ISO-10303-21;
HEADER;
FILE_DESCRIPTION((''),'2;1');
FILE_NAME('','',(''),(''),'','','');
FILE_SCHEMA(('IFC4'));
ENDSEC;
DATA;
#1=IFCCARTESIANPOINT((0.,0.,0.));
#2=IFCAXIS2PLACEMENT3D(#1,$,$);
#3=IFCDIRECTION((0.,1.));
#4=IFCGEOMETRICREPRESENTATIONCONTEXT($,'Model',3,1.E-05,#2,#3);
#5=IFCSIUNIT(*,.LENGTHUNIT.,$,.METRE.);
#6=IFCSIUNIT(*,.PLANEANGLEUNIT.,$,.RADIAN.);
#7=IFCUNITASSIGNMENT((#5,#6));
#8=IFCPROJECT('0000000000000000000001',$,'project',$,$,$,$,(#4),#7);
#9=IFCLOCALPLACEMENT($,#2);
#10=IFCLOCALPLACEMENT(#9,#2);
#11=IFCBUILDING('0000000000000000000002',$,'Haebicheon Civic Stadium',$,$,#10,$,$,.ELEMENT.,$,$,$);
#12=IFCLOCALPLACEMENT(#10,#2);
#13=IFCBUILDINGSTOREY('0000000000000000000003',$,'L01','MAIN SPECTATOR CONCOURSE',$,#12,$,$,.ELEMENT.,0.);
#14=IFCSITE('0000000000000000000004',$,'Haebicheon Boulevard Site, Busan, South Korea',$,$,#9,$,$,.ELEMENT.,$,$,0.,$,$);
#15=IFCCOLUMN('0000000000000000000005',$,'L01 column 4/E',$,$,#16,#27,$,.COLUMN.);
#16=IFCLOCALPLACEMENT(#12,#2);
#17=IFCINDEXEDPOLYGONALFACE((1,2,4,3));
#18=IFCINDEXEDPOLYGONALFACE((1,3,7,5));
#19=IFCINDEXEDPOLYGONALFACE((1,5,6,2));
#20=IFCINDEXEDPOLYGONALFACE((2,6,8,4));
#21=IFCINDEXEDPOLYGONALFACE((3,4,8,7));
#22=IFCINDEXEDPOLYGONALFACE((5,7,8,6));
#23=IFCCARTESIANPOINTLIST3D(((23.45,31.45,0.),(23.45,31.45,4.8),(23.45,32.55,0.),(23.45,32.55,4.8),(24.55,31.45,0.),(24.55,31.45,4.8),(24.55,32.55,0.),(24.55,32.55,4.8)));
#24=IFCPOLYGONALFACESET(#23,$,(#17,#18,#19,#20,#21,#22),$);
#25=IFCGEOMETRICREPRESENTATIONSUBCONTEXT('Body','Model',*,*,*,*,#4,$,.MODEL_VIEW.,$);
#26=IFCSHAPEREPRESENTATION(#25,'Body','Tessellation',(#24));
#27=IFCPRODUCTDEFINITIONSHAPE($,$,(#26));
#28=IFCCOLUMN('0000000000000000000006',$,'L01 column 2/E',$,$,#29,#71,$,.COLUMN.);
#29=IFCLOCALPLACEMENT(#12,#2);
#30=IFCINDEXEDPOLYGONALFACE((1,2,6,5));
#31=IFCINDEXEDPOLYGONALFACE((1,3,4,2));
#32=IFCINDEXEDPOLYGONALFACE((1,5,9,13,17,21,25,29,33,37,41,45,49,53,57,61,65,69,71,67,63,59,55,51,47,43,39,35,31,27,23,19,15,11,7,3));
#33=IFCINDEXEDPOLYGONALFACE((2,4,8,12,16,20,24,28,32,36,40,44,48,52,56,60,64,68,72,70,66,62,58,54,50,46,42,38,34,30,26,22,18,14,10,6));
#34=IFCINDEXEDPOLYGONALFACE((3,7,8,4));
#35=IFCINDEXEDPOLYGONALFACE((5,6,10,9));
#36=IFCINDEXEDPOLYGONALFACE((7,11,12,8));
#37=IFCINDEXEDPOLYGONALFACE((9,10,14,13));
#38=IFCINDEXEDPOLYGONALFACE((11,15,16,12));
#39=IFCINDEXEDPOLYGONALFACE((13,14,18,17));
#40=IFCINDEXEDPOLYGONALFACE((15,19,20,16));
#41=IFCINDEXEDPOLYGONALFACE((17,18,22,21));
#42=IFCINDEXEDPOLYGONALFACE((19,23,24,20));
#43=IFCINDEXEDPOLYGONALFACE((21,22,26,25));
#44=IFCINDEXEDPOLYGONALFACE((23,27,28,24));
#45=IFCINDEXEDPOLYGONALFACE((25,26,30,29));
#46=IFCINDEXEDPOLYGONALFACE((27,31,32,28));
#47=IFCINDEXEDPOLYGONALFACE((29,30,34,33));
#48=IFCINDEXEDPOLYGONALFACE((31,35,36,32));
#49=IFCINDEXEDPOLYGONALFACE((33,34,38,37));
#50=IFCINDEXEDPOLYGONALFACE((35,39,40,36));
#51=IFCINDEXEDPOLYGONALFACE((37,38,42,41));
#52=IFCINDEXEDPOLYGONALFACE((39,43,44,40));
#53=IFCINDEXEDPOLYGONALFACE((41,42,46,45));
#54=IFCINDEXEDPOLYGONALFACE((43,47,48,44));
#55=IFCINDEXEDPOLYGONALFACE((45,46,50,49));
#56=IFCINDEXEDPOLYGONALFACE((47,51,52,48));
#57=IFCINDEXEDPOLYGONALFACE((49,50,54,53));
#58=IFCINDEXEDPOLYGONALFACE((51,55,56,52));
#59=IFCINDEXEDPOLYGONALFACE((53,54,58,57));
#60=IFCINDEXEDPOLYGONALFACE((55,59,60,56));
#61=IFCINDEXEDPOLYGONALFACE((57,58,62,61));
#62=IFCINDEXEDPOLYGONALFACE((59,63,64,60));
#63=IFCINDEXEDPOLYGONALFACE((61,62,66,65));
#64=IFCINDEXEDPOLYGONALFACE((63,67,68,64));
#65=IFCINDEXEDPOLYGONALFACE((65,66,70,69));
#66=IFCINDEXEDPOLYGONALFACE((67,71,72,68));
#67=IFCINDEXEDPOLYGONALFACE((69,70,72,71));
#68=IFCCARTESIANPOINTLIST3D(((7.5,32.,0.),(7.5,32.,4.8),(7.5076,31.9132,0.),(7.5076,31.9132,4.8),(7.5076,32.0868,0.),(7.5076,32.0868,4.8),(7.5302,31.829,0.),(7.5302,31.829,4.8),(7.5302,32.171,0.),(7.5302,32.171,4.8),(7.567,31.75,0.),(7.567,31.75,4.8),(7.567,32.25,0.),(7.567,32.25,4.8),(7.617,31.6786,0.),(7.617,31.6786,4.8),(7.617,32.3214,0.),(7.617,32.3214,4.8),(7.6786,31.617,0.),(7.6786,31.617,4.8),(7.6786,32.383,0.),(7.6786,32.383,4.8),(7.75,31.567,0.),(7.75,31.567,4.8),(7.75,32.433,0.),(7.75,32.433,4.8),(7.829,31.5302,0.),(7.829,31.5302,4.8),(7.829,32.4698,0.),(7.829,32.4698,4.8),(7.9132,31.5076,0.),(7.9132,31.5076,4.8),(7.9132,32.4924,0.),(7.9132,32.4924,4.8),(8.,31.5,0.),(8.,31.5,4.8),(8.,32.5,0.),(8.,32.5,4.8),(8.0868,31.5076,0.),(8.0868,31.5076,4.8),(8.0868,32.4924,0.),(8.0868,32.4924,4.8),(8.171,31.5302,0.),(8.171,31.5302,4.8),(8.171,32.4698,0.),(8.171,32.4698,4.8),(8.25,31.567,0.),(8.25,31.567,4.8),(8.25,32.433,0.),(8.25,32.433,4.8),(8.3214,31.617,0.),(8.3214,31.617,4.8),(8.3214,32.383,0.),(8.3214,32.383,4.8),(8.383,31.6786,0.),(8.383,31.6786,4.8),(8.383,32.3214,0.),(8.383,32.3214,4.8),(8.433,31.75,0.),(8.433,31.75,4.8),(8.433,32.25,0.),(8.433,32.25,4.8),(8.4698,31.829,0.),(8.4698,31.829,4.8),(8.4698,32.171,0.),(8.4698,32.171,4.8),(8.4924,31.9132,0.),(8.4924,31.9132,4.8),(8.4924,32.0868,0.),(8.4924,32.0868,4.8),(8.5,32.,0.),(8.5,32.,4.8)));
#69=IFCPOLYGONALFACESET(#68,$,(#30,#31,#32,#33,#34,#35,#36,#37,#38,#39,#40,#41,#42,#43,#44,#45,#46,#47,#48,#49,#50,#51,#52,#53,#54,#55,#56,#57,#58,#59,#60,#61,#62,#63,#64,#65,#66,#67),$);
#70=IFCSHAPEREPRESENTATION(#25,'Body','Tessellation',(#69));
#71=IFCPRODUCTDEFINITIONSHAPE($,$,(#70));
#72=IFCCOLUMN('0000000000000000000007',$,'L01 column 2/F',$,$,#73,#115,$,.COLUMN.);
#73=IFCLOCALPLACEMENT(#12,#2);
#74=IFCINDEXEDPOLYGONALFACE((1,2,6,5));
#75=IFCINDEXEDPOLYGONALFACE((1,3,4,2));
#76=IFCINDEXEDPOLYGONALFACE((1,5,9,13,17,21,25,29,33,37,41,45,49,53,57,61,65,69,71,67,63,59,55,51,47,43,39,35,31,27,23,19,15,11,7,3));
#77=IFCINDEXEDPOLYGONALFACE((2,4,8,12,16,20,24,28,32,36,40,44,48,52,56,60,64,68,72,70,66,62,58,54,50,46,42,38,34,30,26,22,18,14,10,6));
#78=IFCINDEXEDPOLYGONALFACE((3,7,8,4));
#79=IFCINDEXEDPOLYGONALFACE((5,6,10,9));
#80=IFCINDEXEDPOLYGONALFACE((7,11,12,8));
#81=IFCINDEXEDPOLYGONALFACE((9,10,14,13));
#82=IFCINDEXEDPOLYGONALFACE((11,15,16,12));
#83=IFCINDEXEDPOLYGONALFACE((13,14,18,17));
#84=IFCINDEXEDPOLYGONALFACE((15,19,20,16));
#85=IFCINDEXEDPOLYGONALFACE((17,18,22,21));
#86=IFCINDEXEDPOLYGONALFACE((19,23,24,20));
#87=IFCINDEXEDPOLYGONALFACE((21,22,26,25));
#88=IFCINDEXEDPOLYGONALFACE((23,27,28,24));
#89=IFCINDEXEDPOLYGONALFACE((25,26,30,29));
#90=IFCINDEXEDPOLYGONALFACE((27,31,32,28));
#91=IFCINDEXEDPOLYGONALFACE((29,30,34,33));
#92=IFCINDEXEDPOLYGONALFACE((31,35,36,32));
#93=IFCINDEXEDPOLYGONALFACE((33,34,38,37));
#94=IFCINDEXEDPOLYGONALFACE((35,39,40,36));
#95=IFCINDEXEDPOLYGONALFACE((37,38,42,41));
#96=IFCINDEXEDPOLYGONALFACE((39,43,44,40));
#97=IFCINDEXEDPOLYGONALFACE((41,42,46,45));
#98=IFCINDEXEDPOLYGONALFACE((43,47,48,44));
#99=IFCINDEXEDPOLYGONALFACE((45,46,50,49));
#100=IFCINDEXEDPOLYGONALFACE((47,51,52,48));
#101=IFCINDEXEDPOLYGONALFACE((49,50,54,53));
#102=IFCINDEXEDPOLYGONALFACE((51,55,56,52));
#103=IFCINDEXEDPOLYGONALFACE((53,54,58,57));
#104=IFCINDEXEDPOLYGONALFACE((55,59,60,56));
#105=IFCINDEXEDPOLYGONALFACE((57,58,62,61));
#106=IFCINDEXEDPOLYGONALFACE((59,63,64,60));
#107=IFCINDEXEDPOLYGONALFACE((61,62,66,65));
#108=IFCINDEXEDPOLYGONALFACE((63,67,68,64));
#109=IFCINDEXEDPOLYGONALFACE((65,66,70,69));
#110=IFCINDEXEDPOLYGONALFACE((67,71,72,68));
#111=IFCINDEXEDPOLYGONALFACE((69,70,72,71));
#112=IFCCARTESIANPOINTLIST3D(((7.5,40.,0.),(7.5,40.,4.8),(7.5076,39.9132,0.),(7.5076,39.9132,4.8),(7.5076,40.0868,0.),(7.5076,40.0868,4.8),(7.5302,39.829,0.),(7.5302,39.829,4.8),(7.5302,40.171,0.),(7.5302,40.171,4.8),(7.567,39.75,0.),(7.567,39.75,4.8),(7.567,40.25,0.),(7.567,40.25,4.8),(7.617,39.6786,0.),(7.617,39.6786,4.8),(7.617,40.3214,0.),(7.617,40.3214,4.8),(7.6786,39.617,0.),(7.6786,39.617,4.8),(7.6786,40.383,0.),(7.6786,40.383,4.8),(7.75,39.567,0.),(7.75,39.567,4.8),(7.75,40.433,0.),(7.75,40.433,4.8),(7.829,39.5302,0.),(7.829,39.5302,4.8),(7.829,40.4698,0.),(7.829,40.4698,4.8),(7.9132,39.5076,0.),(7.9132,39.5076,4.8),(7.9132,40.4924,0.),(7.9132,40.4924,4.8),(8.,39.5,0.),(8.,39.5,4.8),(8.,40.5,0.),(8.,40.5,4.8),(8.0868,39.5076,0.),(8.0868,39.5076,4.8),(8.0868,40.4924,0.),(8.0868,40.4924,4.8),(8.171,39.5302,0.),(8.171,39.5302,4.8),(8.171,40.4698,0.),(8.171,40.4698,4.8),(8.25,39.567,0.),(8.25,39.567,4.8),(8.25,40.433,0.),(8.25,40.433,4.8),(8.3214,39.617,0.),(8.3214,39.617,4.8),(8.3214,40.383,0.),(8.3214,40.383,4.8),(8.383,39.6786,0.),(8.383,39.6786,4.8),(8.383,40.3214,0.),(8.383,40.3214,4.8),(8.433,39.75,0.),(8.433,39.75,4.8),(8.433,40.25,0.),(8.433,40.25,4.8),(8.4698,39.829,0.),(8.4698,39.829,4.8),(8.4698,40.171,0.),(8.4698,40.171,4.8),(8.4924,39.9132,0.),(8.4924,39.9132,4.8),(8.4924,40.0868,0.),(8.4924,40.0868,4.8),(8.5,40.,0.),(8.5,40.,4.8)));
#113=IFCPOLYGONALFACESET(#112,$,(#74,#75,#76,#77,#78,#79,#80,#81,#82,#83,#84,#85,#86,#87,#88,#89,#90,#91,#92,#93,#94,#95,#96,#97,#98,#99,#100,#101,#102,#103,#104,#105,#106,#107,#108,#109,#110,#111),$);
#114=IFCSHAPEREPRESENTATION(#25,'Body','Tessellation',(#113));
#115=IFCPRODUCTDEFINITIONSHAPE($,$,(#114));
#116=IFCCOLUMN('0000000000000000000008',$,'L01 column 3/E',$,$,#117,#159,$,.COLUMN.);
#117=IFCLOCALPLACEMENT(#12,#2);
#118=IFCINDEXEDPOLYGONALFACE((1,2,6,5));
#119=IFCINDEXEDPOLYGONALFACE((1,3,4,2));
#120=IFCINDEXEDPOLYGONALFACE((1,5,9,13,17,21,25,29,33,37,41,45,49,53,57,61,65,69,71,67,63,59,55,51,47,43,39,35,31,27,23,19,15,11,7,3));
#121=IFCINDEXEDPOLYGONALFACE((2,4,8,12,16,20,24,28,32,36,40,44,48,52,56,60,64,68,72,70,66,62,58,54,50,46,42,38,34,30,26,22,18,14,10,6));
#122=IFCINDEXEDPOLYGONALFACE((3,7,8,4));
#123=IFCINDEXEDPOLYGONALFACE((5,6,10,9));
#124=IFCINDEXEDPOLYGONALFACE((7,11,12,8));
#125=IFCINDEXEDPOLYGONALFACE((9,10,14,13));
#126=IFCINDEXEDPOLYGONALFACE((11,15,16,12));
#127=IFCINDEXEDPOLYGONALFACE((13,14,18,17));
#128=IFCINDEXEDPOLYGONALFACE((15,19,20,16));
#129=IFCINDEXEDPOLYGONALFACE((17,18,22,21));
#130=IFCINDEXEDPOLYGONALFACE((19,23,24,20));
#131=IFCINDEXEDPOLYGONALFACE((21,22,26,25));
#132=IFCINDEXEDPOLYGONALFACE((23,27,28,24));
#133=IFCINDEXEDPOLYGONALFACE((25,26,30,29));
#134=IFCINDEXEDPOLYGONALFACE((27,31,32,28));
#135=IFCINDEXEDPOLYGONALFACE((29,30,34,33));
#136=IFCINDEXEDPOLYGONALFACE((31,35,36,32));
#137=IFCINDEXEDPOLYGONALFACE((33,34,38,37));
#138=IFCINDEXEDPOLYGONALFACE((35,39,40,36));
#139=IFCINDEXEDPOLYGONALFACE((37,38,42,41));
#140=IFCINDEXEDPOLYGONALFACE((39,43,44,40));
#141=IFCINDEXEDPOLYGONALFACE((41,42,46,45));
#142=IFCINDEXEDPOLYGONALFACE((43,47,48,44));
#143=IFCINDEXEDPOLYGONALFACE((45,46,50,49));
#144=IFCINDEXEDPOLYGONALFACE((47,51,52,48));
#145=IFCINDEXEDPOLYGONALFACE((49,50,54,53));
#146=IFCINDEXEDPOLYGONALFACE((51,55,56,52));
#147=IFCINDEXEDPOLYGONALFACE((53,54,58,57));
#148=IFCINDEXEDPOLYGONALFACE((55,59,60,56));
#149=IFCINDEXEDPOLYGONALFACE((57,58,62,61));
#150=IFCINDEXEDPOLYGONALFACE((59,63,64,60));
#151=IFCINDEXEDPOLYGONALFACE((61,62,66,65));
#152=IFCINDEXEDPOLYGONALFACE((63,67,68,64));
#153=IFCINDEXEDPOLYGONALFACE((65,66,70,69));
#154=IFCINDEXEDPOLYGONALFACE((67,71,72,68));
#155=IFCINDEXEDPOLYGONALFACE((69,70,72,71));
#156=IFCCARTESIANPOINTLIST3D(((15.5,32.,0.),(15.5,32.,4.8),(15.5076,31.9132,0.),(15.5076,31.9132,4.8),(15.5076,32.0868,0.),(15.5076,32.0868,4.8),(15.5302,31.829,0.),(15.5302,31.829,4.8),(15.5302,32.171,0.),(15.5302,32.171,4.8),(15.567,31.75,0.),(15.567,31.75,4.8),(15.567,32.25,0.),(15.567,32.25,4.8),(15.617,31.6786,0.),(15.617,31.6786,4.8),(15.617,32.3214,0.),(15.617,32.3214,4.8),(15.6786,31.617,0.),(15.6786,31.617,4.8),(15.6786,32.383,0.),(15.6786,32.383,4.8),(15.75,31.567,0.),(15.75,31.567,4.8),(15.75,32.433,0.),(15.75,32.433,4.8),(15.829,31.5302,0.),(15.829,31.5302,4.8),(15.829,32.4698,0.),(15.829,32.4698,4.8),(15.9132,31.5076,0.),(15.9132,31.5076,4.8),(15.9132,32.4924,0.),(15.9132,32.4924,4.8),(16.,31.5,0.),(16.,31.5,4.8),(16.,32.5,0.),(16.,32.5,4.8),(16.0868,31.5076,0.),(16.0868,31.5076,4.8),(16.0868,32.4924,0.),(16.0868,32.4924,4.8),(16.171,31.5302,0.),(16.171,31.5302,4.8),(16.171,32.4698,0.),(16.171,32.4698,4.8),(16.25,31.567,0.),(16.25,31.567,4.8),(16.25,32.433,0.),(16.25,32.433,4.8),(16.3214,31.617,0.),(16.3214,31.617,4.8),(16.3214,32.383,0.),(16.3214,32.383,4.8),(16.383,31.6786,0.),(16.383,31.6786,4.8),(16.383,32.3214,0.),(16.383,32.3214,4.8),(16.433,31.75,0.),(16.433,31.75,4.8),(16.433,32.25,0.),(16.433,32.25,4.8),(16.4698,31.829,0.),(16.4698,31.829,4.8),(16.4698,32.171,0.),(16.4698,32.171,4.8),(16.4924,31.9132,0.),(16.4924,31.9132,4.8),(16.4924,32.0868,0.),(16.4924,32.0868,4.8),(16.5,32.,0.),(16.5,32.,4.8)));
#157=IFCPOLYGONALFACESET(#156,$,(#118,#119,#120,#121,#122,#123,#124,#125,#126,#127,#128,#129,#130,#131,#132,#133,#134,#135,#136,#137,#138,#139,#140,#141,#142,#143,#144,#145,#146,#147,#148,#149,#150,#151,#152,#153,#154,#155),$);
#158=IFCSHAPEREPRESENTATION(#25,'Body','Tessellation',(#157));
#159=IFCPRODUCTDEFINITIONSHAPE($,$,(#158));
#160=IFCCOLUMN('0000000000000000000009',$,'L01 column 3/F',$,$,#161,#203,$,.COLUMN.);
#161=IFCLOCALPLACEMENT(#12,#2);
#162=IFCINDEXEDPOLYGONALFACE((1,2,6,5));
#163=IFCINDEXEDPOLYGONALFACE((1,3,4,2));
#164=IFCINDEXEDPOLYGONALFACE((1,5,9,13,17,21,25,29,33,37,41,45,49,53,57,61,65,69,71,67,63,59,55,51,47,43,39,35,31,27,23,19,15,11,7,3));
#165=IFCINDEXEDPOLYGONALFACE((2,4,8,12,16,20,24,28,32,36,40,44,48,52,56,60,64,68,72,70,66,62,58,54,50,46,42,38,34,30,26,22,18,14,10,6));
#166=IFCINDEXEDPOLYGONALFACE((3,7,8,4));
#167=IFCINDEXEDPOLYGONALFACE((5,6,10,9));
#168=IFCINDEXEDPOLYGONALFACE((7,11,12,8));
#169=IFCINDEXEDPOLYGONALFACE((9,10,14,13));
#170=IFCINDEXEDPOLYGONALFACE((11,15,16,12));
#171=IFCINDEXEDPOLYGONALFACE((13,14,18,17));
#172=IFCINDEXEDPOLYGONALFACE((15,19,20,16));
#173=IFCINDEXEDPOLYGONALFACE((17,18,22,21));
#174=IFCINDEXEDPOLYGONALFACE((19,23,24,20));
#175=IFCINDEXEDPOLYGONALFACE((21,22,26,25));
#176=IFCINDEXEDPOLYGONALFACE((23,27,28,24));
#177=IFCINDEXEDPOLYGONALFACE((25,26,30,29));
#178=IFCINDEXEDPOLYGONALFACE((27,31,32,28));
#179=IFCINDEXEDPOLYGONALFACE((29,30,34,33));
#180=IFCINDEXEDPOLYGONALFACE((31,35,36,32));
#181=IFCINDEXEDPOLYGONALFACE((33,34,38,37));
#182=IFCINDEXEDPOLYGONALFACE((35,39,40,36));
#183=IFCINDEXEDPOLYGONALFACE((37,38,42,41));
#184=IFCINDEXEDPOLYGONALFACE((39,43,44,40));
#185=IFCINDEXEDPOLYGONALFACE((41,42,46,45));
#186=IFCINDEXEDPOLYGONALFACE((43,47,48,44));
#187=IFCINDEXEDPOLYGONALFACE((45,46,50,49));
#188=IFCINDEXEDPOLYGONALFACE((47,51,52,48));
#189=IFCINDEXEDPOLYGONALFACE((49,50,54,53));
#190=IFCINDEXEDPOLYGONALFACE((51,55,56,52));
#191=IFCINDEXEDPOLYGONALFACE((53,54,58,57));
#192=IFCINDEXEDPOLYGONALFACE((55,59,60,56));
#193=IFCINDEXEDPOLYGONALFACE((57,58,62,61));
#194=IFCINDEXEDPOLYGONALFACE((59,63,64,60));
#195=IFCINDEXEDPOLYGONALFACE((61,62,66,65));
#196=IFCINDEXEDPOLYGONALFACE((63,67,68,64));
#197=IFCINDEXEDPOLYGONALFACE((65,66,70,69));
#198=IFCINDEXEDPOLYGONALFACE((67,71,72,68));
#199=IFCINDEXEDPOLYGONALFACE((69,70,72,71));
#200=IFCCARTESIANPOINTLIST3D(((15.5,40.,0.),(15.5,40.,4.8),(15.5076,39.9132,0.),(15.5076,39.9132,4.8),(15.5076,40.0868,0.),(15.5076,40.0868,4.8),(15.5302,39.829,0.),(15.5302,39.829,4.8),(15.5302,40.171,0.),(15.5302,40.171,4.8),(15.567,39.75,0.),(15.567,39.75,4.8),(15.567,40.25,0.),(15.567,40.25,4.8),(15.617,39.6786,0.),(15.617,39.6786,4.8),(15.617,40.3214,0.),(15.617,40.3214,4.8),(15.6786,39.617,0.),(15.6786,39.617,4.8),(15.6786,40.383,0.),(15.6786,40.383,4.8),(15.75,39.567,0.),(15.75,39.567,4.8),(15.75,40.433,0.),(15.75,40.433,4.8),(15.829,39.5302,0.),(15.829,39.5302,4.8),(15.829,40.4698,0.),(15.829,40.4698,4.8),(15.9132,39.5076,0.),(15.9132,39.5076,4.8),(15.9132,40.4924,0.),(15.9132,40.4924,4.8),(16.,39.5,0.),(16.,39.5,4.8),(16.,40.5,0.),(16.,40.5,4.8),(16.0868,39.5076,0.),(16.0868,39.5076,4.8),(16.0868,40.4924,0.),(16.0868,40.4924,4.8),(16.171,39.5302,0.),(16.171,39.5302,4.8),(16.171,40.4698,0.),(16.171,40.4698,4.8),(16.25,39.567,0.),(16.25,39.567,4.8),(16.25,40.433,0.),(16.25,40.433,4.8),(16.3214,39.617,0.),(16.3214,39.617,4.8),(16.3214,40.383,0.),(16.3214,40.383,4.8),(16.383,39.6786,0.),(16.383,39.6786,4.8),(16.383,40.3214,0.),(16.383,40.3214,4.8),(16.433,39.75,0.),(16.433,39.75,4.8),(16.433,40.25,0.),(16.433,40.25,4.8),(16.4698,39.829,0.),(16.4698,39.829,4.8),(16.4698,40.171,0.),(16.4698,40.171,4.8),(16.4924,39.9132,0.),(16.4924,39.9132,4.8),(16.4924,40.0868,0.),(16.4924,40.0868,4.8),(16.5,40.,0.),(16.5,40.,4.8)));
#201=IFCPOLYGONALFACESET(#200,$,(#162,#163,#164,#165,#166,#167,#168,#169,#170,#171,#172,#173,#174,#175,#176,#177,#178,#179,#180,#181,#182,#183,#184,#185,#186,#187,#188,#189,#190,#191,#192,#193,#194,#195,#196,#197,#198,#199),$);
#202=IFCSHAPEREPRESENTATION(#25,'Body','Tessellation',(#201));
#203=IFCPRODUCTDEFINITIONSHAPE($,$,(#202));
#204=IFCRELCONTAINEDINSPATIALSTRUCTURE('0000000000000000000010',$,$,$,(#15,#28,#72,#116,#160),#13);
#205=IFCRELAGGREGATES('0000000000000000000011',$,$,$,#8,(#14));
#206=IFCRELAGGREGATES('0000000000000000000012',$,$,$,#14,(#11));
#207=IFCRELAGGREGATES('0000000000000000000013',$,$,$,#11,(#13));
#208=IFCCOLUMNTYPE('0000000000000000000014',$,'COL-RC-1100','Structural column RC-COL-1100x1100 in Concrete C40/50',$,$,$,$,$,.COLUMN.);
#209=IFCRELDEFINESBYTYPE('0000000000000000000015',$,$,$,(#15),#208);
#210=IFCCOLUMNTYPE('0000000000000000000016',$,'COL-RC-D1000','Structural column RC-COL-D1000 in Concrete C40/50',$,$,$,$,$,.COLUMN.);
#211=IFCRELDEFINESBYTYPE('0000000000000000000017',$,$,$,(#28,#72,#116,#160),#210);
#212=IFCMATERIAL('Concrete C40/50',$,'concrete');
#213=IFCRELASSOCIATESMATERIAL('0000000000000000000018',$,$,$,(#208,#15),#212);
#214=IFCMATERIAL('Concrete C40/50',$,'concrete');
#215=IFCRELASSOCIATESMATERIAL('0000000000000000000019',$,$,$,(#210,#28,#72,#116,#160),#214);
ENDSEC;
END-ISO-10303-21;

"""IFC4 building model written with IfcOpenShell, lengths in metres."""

from ifc_helpers import new_model, si_unit, direction, frame, origin, origin_2d, place, context, subcontext, project, spatial, rectangle, circle, extrude, material, material_profile, profile_set, type_object, element, save


model = new_model("IFC4")

# Units and contexts
model_context = context("Model", 3, precision=1e-05, world=origin(), true_north=direction((0.0, 1.0)))
body_context = subcontext(model_context, "Body", "Model", "MODEL_VIEW")
ifc_project = project(units=[si_unit("LENGTHUNIT", "METRE"), si_unit("PLANEANGLEUNIT", "RADIAN")], contexts=[model_context])

# Site, building, storey
site_placement = place(None, origin())
site = spatial("IfcSite", under=ifc_project, at=site_placement, Name="Haebicheon Boulevard Site, Busan, South Korea", CompositionType="ELEMENT", RefElevation=0.0)
building_placement = place(site_placement, origin())
building = spatial("IfcBuilding", under=site, at=building_placement, Name="Haebicheon Civic Stadium", CompositionType="ELEMENT")
storey_placement = place(building_placement, origin())
storey = spatial("IfcBuildingStorey", under=building, at=storey_placement, Name="L01", Description="MAIN SPECTATOR CONCOURSE", CompositionType="ELEMENT", Elevation=0.0)

# Columns
ifc_material_1 = material(Name="Concrete C40/50", Category="concrete")
ifc_material_profile_1 = material_profile(ifc_material_1, rectangle(XDim=1.1001, YDim=1.1001, at=origin_2d()), Name="RC-COL-1100x1100")
ifc_profile_set_1 = profile_set([ifc_material_profile_1], Name="Concrete C40/50")
column_type_1 = type_object("IfcColumnType", Name="COL-RC-1100", Description="Structural column RC-COL-1100x1100 in Concrete C40/50", PredefinedType="COLUMN", material=ifc_profile_set_1)
column_placement = place(storey_placement, frame((24.0, 32.0, 0.0), z_axis=(0.0, 0.0, 1.0), x_axis=(1.0, 0.0, 0.0)))
element("IfcColumn", 1, at=column_placement, inside=storey, type_object=column_type_1, material=ifc_profile_set_1, Name="L01 column 4/E", PredefinedType="COLUMN", context=body_context, shape_type="SweptSolid", body=[
    extrude(rectangle(XDim=1.1001, YDim=1.1001, at=origin_2d()), origin(), (0.0, 0.0, 1.0), 4.8),
])
ifc_material_2 = material(Name="Concrete C40/50", Category="concrete")
ifc_material_profile_2 = material_profile(ifc_material_2, circle(Radius=0.5, at=origin_2d()), Name="RC-COL-D1000")
ifc_profile_set_2 = profile_set([ifc_material_profile_2], Name="Concrete C40/50")
column_type_2 = type_object("IfcColumnType", Name="COL-RC-D1000", Description="Structural column RC-COL-D1000 in Concrete C40/50", PredefinedType="COLUMN", material=ifc_profile_set_2)
for number, where, z_axis, x_axis, name in (
    (2, (8.0, 32.0, 0.0), (0.0, 0.0, 1.0), (1.0, 0.0, 0.0), "L01 column 2/E"),
    (3, (8.0, 40.0, 0.0), (0.0, 0.0, 1.0), (1.0, 0.0, 0.0), "L01 column 2/F"),
    (4, (16.0, 32.0, 0.0), (0.0, 0.0, 1.0), (1.0, 0.0, 0.0), "L01 column 3/E"),
    (5, (16.0, 40.0, 0.0), (0.0, 0.0, 1.0), (1.0, 0.0, 0.0), "L01 column 3/F"),
):
    element("IfcColumn", number, at=place(storey_placement, frame(where, z_axis=z_axis, x_axis=x_axis)), inside=storey, type_object=column_type_2, material=ifc_profile_set_2, Name=name, PredefinedType="COLUMN", context=body_context, shape_type="SweptSolid", body=[
        extrude(circle(Radius=0.5, at=origin_2d()), origin(), (0.0, 0.0, 1.0), 4.8),
    ])

save(model, "model.ifc")
